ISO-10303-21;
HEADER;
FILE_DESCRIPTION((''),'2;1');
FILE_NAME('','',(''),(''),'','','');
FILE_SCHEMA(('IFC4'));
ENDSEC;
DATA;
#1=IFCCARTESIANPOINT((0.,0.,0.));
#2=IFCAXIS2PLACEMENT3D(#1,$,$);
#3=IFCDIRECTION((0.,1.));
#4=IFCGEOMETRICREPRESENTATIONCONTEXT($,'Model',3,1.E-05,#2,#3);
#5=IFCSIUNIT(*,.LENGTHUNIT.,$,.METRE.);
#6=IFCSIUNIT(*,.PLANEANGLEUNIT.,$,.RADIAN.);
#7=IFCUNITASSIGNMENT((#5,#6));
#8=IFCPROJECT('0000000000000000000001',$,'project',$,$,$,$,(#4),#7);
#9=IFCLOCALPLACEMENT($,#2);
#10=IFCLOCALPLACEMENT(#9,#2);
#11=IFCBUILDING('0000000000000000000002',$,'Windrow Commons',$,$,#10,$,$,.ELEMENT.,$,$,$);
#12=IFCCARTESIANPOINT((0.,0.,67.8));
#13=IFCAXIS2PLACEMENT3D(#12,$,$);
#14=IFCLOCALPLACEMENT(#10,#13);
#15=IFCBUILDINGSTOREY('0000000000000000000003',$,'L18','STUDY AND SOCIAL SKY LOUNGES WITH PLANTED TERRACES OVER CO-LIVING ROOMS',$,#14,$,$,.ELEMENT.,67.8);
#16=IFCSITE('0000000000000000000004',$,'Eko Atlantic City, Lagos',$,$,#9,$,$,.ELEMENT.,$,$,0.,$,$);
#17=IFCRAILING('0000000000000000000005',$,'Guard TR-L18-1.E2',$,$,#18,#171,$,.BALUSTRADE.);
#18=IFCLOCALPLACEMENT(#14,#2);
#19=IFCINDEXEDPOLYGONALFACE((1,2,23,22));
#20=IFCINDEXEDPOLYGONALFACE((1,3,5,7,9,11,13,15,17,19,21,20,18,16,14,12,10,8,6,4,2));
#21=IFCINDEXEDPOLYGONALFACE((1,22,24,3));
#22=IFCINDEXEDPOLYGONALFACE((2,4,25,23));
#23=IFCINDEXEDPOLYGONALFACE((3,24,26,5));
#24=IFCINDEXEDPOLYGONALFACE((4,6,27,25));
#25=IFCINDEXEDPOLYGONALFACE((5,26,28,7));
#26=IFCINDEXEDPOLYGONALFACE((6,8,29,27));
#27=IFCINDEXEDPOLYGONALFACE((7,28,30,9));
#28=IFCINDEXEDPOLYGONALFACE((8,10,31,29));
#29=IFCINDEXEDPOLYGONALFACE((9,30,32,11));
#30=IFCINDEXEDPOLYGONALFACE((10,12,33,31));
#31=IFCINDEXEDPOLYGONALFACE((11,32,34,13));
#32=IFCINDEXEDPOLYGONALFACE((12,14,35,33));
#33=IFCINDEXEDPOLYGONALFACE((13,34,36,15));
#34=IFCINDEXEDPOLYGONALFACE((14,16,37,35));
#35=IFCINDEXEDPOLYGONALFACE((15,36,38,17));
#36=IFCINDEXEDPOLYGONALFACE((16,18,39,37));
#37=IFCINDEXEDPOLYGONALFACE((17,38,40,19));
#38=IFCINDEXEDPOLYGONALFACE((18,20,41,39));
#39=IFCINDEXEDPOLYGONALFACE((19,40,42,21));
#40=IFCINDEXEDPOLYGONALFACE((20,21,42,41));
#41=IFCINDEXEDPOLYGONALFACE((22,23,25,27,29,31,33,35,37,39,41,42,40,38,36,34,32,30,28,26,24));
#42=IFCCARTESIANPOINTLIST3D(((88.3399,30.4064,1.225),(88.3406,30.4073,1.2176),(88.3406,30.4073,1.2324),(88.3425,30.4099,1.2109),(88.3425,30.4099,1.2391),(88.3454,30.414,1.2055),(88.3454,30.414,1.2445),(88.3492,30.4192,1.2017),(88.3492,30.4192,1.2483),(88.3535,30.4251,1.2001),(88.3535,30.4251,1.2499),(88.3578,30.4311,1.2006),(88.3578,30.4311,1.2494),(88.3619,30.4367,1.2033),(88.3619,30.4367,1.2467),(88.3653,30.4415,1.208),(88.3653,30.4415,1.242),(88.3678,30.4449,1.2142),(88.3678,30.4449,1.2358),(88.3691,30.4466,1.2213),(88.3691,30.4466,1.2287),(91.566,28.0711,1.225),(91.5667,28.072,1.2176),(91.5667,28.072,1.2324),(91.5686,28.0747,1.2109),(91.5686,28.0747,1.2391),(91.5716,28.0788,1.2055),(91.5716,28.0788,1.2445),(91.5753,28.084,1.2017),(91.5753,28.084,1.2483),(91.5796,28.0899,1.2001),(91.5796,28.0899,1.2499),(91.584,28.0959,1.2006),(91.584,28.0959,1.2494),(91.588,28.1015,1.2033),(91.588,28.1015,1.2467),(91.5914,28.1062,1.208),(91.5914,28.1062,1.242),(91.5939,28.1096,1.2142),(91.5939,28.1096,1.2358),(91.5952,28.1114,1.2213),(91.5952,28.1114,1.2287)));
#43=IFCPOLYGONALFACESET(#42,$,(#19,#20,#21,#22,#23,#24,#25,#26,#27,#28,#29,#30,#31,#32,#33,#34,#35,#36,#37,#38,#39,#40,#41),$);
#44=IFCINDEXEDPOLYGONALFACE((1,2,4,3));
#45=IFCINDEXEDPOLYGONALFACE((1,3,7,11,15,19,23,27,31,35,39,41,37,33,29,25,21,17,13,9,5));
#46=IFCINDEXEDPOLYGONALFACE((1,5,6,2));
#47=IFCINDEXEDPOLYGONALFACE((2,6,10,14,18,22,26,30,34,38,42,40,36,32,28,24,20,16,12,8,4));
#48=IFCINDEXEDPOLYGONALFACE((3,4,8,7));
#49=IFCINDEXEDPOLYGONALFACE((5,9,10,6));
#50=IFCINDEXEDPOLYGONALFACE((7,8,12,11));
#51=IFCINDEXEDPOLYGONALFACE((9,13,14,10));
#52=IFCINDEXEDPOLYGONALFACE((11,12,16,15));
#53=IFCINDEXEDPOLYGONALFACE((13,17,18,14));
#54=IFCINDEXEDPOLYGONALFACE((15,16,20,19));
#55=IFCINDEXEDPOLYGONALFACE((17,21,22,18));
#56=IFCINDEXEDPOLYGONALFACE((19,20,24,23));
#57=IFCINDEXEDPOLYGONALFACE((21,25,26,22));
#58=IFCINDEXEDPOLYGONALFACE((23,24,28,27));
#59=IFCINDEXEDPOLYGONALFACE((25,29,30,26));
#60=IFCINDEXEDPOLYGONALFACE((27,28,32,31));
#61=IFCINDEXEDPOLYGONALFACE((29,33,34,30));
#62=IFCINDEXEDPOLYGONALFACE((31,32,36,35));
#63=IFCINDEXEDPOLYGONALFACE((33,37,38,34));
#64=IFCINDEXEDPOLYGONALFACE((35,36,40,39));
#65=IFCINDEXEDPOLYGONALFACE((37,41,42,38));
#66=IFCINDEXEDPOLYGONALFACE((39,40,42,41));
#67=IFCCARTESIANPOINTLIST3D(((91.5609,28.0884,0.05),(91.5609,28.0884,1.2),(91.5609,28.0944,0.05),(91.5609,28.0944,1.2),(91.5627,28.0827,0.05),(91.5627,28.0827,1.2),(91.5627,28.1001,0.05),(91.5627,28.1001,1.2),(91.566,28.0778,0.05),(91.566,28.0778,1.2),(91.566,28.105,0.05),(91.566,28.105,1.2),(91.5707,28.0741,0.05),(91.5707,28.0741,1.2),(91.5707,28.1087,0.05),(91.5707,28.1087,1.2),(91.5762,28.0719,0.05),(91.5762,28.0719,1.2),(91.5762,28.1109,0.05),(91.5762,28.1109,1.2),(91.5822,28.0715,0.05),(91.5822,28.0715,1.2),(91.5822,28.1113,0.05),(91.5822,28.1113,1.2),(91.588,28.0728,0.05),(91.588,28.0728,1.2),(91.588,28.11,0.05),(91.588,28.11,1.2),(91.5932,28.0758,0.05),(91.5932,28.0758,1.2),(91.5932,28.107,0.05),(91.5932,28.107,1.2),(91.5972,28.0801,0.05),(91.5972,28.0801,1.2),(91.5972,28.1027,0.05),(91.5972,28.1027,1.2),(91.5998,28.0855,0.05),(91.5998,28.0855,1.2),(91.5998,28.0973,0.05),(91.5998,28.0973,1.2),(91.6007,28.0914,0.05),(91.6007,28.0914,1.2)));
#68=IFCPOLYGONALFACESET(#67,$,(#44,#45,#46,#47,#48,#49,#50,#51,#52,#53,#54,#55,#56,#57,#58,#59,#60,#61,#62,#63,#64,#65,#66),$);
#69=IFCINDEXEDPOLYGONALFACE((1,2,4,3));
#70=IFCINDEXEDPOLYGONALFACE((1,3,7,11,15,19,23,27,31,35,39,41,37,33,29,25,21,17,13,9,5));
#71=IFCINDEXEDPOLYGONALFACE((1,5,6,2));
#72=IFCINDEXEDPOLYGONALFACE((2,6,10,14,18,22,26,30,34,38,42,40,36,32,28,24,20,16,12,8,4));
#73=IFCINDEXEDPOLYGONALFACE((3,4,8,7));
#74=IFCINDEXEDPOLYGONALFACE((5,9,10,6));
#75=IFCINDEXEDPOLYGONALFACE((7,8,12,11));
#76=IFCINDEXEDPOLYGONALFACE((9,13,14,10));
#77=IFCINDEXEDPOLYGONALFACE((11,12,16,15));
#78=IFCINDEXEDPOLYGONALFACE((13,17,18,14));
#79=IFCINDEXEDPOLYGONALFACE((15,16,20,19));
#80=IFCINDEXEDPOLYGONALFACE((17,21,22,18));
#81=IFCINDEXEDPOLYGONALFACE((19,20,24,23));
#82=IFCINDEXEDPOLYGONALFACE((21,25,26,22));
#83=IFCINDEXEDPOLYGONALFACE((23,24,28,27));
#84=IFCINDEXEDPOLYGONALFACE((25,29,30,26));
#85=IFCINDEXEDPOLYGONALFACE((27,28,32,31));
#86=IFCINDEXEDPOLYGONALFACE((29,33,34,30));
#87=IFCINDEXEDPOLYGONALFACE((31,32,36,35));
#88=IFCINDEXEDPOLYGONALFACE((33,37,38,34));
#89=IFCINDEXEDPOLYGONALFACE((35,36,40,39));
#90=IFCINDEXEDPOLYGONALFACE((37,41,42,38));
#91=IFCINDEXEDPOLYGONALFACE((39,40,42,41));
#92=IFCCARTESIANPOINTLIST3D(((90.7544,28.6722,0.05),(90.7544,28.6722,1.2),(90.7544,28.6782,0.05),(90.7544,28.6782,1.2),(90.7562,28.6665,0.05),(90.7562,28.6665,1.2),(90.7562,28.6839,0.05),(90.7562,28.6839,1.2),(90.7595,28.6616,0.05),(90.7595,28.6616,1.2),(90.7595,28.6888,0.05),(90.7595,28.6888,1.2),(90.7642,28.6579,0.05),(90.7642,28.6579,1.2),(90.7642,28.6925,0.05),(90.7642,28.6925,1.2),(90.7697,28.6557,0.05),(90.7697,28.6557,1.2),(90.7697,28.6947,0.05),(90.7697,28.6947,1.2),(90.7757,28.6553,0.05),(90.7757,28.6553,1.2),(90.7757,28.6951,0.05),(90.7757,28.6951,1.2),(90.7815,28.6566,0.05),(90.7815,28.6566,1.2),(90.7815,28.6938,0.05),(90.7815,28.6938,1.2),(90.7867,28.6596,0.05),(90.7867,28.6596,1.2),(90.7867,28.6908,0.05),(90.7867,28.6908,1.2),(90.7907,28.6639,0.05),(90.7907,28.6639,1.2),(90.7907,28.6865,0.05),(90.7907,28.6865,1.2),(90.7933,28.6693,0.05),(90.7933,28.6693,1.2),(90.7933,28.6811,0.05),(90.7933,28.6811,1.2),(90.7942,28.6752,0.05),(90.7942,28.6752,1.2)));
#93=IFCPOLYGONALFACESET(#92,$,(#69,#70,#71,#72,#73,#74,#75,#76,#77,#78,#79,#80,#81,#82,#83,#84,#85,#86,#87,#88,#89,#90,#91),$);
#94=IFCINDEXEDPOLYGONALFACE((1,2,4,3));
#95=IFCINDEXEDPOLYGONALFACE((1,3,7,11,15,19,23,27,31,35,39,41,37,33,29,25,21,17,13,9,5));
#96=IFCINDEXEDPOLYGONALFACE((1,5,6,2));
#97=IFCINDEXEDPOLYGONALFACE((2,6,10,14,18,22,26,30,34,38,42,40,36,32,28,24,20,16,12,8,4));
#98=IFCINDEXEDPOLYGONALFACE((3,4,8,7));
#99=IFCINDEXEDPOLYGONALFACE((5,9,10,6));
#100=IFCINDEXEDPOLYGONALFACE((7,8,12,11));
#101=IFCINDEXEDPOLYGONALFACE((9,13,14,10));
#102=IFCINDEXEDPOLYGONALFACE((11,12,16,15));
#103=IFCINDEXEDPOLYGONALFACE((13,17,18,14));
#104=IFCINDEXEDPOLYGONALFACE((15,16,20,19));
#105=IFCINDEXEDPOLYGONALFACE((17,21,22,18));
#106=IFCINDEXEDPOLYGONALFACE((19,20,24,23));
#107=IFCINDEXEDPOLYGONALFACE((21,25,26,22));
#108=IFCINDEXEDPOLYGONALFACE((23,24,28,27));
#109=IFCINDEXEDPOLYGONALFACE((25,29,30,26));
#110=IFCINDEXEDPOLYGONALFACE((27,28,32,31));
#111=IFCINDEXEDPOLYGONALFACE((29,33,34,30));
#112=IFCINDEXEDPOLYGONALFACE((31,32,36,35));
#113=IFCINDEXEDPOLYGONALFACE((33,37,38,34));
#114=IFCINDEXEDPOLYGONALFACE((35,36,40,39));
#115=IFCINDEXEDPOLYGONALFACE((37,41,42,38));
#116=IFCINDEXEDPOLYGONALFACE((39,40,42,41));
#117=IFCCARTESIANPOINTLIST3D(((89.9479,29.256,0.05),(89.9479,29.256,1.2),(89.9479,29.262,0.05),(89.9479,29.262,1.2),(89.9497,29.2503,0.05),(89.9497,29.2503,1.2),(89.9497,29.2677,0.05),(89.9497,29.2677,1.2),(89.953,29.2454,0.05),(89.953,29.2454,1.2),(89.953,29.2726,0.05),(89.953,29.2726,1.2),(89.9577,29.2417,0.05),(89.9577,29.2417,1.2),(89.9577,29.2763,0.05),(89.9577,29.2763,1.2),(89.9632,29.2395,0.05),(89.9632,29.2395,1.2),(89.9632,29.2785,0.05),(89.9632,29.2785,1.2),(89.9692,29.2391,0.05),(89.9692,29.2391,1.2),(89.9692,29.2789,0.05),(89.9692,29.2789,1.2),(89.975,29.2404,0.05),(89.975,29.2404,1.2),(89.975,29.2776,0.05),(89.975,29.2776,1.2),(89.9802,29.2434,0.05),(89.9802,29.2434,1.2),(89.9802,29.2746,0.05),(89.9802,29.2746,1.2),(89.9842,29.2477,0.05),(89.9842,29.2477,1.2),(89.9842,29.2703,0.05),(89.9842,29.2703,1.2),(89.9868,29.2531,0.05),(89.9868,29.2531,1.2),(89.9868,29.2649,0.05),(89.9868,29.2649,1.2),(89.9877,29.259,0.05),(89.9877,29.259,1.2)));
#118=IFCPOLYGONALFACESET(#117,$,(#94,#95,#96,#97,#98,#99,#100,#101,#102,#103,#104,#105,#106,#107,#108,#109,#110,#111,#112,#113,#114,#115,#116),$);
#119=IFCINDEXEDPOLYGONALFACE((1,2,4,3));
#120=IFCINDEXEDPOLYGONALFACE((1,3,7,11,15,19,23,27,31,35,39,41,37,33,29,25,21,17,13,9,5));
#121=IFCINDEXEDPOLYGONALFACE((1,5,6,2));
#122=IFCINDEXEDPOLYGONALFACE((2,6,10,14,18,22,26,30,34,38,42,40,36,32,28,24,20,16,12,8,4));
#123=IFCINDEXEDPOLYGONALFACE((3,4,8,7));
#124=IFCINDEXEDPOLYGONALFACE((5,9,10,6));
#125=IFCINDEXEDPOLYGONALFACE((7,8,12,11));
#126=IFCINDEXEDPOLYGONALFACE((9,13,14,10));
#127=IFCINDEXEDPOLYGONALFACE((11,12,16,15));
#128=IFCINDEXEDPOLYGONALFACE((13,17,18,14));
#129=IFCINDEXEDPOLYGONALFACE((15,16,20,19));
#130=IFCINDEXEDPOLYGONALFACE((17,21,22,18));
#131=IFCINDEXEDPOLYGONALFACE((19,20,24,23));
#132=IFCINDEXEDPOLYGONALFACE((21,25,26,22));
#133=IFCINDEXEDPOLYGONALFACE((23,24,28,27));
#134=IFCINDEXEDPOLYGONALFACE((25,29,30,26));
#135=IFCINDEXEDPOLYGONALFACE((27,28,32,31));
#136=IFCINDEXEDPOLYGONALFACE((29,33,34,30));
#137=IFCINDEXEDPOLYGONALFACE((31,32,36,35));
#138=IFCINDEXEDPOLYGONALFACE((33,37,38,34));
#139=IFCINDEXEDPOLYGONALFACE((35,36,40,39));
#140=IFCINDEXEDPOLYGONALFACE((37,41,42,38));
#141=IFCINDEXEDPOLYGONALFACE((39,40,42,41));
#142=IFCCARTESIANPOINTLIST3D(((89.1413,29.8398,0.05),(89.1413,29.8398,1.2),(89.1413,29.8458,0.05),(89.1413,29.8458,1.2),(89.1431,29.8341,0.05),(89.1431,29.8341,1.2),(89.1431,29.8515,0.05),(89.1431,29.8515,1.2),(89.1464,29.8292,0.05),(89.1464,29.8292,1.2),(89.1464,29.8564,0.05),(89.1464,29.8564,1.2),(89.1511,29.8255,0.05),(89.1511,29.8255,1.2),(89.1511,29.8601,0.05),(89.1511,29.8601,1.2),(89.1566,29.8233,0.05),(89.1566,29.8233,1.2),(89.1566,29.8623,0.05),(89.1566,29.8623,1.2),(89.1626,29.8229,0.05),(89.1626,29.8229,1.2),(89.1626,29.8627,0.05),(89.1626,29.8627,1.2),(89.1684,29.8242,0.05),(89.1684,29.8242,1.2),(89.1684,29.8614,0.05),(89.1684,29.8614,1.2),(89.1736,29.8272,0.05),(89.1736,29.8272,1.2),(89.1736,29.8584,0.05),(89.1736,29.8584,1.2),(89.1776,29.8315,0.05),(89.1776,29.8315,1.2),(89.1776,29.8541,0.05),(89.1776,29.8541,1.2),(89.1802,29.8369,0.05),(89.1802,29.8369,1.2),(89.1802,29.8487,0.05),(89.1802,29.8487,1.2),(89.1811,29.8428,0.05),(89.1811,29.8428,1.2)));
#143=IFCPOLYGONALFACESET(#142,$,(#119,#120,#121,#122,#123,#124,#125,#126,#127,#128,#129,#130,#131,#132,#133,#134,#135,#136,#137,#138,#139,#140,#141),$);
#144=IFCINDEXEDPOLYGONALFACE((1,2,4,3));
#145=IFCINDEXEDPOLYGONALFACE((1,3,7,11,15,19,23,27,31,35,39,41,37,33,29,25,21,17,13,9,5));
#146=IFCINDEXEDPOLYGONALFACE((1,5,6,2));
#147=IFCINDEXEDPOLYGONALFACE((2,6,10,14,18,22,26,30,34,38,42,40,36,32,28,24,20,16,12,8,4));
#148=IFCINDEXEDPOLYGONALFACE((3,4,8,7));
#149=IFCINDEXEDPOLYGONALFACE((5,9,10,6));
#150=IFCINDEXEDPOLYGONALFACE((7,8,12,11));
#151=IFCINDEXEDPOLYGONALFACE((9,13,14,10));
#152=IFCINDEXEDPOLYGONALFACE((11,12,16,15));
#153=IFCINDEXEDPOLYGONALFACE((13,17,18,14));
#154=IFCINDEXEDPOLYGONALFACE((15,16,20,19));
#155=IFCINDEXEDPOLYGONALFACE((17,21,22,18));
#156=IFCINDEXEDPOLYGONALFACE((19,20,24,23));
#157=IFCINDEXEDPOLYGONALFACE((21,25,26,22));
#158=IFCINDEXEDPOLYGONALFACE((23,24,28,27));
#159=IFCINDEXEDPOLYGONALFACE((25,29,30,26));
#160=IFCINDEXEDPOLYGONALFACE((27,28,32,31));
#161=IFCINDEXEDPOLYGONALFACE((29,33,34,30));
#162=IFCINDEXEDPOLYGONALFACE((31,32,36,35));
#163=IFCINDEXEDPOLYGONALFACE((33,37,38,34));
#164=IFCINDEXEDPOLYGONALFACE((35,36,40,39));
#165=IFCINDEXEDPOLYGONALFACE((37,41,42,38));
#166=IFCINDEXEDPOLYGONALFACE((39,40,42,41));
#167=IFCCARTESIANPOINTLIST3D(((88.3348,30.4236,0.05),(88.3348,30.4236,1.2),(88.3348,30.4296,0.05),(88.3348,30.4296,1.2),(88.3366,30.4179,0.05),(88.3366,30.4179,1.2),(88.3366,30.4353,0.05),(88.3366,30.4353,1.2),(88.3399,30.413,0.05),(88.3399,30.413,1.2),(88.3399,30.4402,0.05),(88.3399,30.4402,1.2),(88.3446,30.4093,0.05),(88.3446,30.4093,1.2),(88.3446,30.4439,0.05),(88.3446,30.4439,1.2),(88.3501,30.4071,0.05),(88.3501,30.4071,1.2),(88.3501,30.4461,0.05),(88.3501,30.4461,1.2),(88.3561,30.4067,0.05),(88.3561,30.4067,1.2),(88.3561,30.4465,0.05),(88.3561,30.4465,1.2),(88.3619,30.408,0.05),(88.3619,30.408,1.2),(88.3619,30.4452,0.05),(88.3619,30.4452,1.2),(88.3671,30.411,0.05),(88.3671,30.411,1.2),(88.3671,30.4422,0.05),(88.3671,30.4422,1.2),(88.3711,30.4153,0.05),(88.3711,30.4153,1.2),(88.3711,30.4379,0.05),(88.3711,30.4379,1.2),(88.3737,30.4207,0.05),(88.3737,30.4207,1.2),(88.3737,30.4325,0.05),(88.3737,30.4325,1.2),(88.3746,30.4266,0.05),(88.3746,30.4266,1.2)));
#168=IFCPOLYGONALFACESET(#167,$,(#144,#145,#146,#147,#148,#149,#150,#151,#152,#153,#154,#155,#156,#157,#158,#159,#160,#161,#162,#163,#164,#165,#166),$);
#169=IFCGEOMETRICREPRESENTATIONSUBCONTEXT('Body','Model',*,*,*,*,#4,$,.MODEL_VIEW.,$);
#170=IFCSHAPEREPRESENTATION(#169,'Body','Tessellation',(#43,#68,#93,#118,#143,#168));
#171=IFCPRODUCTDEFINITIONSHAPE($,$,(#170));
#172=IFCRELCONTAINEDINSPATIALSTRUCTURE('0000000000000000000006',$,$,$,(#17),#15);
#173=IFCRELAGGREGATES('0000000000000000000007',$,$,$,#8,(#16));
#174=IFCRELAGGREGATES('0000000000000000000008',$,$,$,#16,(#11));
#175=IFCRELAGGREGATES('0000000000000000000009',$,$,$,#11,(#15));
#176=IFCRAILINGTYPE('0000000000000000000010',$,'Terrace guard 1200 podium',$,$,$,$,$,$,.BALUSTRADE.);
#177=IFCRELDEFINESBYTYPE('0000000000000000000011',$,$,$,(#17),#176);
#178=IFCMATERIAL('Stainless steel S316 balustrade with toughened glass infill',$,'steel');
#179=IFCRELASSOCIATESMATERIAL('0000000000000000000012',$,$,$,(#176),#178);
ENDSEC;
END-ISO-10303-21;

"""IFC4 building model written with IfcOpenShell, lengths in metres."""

from ifc_helpers import new_model, si_unit, direction, frame, origin, origin_2d, place, context, subcontext, project, spatial, circle, extrude, material, type_object, element, save


model = new_model("IFC4")

# Units and contexts
model_context = context("Model", 3, precision=1e-05, world=origin(), true_north=direction((0.0, 1.0)))
body_context = subcontext(model_context, "Body", "Model", "MODEL_VIEW")
ifc_project = project(units=[si_unit("LENGTHUNIT", "METRE"), si_unit("PLANEANGLEUNIT", "RADIAN")], contexts=[model_context])

# Site, building, storey
site_placement = place(None, origin())
site = spatial("IfcSite", under=ifc_project, at=site_placement, Name="Eko Atlantic City, Lagos", CompositionType="ELEMENT", RefElevation=0.0)
building_placement = place(site_placement, origin())
building = spatial("IfcBuilding", under=site, at=building_placement, Name="Windrow Commons", CompositionType="ELEMENT")
storey_placement = place(building_placement, frame((0.0, 0.0, 67.8)))
storey = spatial("IfcBuildingStorey", under=building, at=storey_placement, Name="L18", Description="STUDY AND SOCIAL SKY LOUNGES WITH PLANTED TERRACES OVER CO-LIVING ROOMS", CompositionType="ELEMENT", Elevation=67.8)

# Railing
ifc_material_1 = material(Name="Stainless steel S316 balustrade with toughened glass infill", Category="steel")
railing_type = type_object("IfcRailingType", Name="Terrace guard 1200 podium", PredefinedType="BALUSTRADE", material=ifc_material_1)
railing_1_placement = place(storey_placement, frame((91.5807, 28.0914, 0.05)))
element("IfcRailing", 1, at=railing_1_placement, inside=storey, type_object=railing_type, Name="Guard TR-L18-1.E2", PredefinedType="BALUSTRADE", context=body_context, shape_type="SweptSolid", body=[
    extrude(circle(Radius=0.025, at=origin_2d()), frame((0.0, 0.0, 1.175), z_axis=(-0.810054, 0.586355, 0.0), x_axis=(-0.586355, -0.810054, 0.0)), (0.0, 0.0, 1.0), 3.9826),
    extrude(circle(Radius=0.02, at=origin_2d()), origin(), (0.0, 0.0, 1.0), 1.15),
    extrude(circle(Radius=0.02, at=origin_2d()), frame((-0.8065, 0.5838, 0.0)), (0.0, 0.0, 1.0), 1.15),
    extrude(circle(Radius=0.02, at=origin_2d()), frame((-1.613, 1.1676, 0.0)), (0.0, 0.0, 1.0), 1.15),
    extrude(circle(Radius=0.02, at=origin_2d()), frame((-2.4196, 1.7514, 0.0)), (0.0, 0.0, 1.0), 1.15),
    extrude(circle(Radius=0.02, at=origin_2d()), frame((-3.2261, 2.3352, 0.0)), (0.0, 0.0, 1.0), 1.15),
])

save(model, "model.ifc")
